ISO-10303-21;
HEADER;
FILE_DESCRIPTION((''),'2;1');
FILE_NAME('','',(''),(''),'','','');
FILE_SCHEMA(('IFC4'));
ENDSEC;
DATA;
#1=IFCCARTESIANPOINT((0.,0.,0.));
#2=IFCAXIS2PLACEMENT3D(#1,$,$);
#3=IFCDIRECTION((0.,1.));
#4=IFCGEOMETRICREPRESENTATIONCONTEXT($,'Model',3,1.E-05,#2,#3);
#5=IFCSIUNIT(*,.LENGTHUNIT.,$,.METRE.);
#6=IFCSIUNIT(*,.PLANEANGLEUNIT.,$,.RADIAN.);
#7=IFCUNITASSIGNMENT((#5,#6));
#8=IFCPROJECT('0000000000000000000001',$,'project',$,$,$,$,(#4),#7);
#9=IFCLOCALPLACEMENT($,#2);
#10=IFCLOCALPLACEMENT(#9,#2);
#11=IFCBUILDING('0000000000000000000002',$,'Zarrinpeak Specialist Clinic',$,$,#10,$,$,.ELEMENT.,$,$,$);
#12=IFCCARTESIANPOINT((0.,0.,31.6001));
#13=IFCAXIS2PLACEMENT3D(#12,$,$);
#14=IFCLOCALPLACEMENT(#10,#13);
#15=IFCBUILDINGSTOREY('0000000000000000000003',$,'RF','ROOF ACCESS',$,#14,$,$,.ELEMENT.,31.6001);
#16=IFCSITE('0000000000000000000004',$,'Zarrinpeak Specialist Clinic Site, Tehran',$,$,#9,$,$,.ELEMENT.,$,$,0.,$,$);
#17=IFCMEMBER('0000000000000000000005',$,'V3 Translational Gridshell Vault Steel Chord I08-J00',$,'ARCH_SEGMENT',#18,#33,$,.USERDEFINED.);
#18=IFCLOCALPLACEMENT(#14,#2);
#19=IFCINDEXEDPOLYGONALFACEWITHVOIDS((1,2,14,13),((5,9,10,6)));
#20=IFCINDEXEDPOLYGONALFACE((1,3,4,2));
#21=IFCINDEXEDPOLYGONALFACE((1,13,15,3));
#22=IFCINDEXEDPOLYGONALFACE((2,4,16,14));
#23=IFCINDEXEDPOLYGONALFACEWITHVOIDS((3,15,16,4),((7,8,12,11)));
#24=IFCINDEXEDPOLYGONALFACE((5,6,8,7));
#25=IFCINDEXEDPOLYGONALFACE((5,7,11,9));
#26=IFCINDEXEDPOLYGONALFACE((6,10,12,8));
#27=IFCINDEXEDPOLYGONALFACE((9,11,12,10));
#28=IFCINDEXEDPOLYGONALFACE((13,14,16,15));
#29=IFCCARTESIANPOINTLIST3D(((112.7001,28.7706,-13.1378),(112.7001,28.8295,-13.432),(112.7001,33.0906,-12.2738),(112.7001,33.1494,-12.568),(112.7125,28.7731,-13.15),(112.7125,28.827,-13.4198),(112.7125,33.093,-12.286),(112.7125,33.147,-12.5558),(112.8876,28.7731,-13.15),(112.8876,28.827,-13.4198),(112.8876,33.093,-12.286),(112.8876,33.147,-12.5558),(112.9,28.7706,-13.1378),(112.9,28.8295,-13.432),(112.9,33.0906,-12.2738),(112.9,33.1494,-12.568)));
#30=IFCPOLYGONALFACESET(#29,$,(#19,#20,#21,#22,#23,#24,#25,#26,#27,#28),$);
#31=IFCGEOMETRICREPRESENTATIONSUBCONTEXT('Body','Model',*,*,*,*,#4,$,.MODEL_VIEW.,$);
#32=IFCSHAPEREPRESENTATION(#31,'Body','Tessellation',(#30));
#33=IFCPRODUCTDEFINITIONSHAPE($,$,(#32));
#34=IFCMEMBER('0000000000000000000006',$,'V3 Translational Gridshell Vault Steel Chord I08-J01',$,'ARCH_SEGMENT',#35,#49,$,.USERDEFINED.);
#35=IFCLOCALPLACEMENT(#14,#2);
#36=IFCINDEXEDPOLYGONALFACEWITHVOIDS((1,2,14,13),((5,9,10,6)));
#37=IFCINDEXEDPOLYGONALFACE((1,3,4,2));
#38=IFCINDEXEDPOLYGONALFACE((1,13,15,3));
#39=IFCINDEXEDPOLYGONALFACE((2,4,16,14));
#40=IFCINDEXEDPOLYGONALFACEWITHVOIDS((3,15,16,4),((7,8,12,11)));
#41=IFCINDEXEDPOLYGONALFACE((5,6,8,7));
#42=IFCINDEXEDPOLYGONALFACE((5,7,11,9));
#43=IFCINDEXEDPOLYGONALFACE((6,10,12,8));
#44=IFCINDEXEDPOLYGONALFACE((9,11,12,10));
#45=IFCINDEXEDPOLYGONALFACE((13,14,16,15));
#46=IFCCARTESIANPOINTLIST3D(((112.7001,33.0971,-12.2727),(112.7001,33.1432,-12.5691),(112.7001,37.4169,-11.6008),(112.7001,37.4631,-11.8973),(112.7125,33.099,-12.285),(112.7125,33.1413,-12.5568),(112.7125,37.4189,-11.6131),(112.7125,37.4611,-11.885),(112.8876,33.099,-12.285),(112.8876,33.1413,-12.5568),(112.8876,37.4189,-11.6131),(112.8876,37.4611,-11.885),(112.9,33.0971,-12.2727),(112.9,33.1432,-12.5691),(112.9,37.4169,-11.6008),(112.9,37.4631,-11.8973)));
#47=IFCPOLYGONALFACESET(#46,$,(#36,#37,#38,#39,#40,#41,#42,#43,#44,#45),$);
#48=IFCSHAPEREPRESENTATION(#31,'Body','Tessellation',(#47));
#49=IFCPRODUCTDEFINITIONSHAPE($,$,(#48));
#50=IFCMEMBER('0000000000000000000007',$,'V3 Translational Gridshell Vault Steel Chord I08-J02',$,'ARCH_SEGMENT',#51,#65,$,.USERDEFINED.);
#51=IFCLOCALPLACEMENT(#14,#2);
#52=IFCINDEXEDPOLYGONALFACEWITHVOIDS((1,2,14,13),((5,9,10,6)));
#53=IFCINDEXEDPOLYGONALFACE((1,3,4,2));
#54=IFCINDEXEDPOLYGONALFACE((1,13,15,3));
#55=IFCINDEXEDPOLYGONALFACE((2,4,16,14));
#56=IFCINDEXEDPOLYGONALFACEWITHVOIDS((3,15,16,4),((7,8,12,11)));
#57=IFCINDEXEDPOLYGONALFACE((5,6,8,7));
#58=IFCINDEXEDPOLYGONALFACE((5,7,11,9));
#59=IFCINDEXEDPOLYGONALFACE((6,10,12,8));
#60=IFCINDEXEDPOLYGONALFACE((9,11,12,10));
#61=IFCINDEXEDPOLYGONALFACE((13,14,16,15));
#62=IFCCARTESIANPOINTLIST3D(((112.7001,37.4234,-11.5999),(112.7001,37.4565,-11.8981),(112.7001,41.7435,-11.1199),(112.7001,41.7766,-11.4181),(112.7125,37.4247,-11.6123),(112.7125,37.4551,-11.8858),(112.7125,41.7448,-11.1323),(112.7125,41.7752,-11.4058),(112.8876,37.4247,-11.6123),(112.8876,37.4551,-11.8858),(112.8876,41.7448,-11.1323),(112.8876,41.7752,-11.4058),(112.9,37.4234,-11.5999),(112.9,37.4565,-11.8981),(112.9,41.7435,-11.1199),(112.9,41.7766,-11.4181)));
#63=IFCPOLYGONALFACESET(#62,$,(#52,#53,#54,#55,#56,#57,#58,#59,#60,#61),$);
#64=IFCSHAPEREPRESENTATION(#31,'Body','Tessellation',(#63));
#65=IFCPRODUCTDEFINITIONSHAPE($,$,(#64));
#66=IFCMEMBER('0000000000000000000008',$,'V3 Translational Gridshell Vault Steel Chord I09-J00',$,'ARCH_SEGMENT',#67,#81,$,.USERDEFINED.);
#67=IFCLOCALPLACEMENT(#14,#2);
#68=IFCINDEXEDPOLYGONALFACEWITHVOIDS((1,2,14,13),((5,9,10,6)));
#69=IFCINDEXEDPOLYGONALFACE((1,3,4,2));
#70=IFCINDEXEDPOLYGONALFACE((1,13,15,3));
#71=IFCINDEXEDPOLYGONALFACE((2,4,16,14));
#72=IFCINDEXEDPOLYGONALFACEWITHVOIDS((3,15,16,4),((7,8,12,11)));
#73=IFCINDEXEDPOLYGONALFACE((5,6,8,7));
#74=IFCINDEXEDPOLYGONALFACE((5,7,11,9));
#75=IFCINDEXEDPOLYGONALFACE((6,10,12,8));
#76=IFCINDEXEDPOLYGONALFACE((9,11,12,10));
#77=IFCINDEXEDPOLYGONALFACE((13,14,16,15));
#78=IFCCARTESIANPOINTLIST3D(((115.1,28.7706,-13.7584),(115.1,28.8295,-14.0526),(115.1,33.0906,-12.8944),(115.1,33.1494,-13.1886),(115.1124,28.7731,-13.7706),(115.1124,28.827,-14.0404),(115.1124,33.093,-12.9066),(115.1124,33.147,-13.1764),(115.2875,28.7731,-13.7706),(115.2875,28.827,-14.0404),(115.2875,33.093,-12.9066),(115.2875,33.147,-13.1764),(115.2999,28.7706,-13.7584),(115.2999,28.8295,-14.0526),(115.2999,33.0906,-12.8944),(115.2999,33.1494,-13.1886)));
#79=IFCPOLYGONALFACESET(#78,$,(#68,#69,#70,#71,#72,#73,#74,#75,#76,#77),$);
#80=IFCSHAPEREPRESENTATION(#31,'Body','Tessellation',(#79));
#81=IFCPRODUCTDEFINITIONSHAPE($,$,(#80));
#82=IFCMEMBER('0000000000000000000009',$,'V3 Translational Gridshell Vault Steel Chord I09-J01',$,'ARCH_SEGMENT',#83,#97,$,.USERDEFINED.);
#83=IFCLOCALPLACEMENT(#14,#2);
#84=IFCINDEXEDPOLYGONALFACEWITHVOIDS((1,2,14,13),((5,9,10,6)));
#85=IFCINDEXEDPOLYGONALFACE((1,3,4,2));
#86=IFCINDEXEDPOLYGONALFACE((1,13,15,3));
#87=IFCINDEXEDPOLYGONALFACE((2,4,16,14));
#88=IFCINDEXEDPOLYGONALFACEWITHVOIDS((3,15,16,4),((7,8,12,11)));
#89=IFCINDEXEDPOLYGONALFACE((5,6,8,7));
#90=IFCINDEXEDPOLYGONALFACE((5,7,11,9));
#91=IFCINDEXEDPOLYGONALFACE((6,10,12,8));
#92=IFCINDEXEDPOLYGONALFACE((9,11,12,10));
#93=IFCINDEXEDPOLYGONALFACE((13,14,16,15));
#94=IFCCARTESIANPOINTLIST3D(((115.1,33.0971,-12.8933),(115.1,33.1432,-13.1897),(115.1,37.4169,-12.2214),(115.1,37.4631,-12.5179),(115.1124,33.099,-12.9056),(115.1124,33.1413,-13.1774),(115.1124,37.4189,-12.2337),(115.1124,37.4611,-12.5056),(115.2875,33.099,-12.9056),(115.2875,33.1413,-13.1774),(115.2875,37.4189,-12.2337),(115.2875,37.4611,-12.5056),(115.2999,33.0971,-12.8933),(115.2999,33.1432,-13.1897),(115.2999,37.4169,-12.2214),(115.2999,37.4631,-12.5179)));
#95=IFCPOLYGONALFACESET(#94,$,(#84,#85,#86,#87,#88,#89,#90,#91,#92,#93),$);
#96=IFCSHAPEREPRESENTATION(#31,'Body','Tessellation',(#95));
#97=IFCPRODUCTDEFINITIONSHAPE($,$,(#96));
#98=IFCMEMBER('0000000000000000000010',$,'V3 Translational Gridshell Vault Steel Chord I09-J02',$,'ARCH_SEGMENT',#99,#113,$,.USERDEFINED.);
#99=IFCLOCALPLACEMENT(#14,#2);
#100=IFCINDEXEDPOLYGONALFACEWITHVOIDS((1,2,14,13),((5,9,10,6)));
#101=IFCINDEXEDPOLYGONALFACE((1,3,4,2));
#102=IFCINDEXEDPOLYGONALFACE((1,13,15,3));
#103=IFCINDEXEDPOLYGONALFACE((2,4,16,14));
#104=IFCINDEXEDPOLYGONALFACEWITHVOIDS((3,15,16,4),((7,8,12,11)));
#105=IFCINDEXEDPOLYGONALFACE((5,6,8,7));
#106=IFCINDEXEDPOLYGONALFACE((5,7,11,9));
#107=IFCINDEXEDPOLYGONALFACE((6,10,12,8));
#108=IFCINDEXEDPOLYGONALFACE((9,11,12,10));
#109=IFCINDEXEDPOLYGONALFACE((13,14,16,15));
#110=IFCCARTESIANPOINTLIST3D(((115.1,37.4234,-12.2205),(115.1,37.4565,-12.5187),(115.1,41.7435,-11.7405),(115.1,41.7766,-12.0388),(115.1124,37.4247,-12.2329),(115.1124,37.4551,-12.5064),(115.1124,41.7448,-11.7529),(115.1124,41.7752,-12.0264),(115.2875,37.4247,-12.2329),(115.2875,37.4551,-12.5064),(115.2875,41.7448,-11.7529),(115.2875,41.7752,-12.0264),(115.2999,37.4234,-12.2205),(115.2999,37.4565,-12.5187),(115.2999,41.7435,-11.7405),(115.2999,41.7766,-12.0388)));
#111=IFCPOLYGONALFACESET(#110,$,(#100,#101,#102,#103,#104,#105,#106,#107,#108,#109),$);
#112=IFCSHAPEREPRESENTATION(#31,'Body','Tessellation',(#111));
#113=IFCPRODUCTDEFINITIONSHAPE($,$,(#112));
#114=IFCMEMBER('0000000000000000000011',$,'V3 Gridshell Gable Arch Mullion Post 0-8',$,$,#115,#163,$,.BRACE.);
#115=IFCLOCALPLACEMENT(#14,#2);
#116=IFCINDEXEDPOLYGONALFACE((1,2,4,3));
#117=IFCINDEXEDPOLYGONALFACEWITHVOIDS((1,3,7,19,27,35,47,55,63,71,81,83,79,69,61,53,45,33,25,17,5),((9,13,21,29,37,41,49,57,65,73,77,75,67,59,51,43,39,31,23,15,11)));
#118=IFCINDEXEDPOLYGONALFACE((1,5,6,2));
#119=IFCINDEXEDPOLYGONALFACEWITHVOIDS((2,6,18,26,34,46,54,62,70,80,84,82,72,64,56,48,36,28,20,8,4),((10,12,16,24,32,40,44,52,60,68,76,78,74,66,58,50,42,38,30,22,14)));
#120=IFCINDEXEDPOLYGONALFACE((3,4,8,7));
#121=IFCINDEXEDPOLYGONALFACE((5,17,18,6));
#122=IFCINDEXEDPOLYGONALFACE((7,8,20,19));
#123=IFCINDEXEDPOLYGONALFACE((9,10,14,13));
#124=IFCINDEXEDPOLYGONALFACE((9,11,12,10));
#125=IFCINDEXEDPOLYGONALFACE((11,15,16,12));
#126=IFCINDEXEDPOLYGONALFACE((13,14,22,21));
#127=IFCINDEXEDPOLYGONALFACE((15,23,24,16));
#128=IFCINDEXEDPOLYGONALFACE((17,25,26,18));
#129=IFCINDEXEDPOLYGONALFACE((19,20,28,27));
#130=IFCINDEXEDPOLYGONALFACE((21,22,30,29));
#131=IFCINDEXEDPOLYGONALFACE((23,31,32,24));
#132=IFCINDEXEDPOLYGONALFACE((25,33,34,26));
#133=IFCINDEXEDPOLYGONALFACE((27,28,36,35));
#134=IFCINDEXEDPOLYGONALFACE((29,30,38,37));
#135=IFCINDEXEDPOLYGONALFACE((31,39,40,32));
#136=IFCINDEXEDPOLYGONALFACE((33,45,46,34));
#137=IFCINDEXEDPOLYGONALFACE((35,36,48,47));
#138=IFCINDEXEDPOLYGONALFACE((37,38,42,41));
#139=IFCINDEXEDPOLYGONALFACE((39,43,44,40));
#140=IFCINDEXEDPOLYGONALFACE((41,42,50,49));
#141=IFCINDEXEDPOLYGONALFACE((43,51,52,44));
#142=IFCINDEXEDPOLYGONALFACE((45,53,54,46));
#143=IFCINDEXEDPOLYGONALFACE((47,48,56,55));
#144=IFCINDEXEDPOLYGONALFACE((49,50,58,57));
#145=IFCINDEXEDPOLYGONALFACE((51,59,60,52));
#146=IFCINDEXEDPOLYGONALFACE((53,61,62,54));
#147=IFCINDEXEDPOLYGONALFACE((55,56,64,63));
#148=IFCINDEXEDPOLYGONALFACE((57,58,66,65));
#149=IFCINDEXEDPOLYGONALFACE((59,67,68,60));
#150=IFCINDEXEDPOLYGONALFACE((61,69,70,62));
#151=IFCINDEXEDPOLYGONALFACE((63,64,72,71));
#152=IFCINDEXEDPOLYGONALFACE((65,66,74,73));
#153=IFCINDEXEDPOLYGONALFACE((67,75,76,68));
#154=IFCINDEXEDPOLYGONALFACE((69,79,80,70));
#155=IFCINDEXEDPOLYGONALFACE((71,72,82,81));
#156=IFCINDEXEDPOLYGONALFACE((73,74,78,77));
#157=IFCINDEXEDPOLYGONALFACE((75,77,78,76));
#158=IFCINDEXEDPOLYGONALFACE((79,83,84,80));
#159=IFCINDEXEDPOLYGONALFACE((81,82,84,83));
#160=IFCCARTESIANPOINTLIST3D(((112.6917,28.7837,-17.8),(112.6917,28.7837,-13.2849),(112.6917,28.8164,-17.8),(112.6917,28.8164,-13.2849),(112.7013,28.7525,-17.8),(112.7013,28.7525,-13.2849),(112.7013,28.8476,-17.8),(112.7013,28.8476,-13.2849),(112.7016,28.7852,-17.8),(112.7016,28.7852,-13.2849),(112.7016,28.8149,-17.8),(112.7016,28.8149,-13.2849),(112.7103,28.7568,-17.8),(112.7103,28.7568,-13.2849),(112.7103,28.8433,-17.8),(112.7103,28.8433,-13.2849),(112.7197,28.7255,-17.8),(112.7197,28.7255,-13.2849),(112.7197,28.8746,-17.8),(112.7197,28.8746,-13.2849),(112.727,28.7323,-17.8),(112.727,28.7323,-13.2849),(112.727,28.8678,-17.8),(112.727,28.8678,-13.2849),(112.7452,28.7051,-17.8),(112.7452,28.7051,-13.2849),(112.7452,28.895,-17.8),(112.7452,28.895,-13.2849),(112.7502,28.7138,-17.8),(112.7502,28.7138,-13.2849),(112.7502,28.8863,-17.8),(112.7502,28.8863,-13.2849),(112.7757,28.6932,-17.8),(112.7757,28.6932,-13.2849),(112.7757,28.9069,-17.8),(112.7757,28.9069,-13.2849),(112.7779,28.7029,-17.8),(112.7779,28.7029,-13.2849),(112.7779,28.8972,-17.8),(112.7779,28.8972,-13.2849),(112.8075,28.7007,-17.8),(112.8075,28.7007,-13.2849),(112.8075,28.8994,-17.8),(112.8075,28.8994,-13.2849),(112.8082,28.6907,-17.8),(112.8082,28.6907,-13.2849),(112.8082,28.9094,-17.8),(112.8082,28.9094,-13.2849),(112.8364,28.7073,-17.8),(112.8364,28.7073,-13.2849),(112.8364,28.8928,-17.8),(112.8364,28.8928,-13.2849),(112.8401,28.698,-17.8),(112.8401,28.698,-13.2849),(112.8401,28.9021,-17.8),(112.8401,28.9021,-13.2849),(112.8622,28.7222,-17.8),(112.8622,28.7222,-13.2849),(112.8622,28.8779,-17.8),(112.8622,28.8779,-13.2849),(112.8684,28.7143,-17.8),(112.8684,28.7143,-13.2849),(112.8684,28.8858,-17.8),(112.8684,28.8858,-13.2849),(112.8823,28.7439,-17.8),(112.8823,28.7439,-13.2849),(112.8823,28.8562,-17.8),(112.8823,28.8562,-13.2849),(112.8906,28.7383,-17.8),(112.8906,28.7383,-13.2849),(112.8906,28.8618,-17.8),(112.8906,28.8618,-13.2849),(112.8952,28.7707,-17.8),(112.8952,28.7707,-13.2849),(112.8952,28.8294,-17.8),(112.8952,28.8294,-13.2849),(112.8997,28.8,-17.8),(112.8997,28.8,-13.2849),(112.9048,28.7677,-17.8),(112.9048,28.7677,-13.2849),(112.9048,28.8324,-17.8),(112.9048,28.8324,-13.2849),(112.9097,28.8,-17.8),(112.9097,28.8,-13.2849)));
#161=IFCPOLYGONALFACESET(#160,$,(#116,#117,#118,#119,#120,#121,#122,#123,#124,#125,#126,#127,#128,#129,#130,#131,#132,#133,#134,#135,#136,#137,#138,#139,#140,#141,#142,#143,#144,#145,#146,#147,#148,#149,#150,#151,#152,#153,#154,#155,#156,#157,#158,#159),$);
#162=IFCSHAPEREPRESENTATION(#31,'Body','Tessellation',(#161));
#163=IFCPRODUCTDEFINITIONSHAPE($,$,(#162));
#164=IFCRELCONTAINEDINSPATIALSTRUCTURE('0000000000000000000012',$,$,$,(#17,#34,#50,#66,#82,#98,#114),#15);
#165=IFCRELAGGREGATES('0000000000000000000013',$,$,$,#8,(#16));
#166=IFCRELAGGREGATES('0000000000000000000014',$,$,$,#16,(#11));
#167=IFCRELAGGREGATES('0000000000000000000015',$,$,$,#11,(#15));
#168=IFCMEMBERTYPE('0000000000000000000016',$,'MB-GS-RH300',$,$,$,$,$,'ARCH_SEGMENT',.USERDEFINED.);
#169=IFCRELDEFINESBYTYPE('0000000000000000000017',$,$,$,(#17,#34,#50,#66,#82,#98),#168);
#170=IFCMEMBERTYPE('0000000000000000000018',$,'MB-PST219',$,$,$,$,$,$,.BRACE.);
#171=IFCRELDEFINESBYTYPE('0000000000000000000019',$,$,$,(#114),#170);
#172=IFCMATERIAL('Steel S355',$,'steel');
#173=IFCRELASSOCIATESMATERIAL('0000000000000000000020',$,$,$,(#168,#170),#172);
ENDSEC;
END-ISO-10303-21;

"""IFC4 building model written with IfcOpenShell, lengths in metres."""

from ifc_helpers import new_model, si_unit, direction, frame, origin, origin_2d, place, context, subcontext, project, spatial, hollow_rectangle, hollow_circle, extrude, material, material_profile, profile_set, type_object, element, save


model = new_model("IFC4")

# Units and contexts
model_context = context("Model", 3, precision=1e-05, world=origin(), true_north=direction((0.0, 1.0)))
body_context = subcontext(model_context, "Body", "Model", "MODEL_VIEW")
ifc_project = project(units=[si_unit("LENGTHUNIT", "METRE"), si_unit("PLANEANGLEUNIT", "RADIAN")], contexts=[model_context])

# Site, building, storey
site_placement = place(None, origin())
site = spatial("IfcSite", under=ifc_project, at=site_placement, Name="Zarrinpeak Specialist Clinic Site, Tehran", CompositionType="ELEMENT", RefElevation=0.0)
building_placement = place(site_placement, origin())
building = spatial("IfcBuilding", under=site, at=building_placement, Name="Zarrinpeak Specialist Clinic", CompositionType="ELEMENT")
storey_placement = place(building_placement, frame((0.0, 0.0, 31.6001)))
storey = spatial("IfcBuildingStorey", under=building, at=storey_placement, Name="RF", Description="ROOF ACCESS", CompositionType="ELEMENT", Elevation=31.6001)

# Members
ifc_material_1 = material(Name="Steel S355", Category="steel")
ifc_material_profile_1 = material_profile(ifc_material_1, hollow_rectangle(XDim=0.2, YDim=0.3, WallThickness=0.0125, at=origin_2d()), Name="RHS 300x200x12.5")
ifc_profile_set_1 = profile_set([ifc_material_profile_1], Name="Steel S355")
member_type_1 = type_object("IfcMemberType", Name="MB-GS-RH300", ElementType="ARCH_SEGMENT", PredefinedType="USERDEFINED", material=ifc_profile_set_1)
member_1_placement = place(storey_placement, frame((112.8, 28.8, -13.2849), z_axis=(0.0, 0.980581, 0.196116), x_axis=(-1.0, 0.0, 0.0)))
element("IfcMember", 1, at=member_1_placement, inside=storey, type_object=member_type_1, Name="V3 Translational Gridshell Vault Steel Chord I08-J00", ObjectType="ARCH_SEGMENT", PredefinedType="USERDEFINED", context=body_context, shape_type="SweptSolid", body=[
    extrude(hollow_rectangle(XDim=0.2, YDim=0.3, WallThickness=0.0125, at=origin_2d()), origin(), (0.0, 0.0, 1.0), 4.4055),
])
member_2_placement = place(storey_placement, frame((112.8, 33.1201, -12.4209), z_axis=(0.0, 0.98812, 0.153685), x_axis=(-1.0, 0.0, 0.0)))
element("IfcMember", 2, at=member_2_placement, inside=storey, type_object=member_type_1, Name="V3 Translational Gridshell Vault Steel Chord I08-J01", ObjectType="ARCH_SEGMENT", PredefinedType="USERDEFINED", context=body_context, shape_type="SweptSolid", body=[
    extrude(hollow_rectangle(XDim=0.2, YDim=0.3, WallThickness=0.0125, at=origin_2d()), origin(), (0.0, 0.0, 1.0), 4.3718),
])
member_3_placement = place(storey_placement, frame((112.8, 37.4399, -11.749), z_axis=(0.0, 0.993884, 0.110425), x_axis=(-1.0, 0.0, 0.0)))
element("IfcMember", 3, at=member_3_placement, inside=storey, type_object=member_type_1, Name="V3 Translational Gridshell Vault Steel Chord I08-J02", ObjectType="ARCH_SEGMENT", PredefinedType="USERDEFINED", context=body_context, shape_type="SweptSolid", body=[
    extrude(hollow_rectangle(XDim=0.2, YDim=0.3, WallThickness=0.0125, at=origin_2d()), origin(), (0.0, 0.0, 1.0), 4.3467),
])
member_4_placement = place(storey_placement, frame((115.2, 28.8, -13.9055), z_axis=(0.0, 0.980581, 0.196116), x_axis=(-1.0, 0.0, 0.0)))
element("IfcMember", 4, at=member_4_placement, inside=storey, type_object=member_type_1, Name="V3 Translational Gridshell Vault Steel Chord I09-J00", ObjectType="ARCH_SEGMENT", PredefinedType="USERDEFINED", context=body_context, shape_type="SweptSolid", body=[
    extrude(hollow_rectangle(XDim=0.2, YDim=0.3, WallThickness=0.0125, at=origin_2d()), origin(), (0.0, 0.0, 1.0), 4.4055),
])
member_5_placement = place(storey_placement, frame((115.2, 33.1201, -13.0415), z_axis=(0.0, 0.98812, 0.153685), x_axis=(-1.0, 0.0, 0.0)))
element("IfcMember", 5, at=member_5_placement, inside=storey, type_object=member_type_1, Name="V3 Translational Gridshell Vault Steel Chord I09-J01", ObjectType="ARCH_SEGMENT", PredefinedType="USERDEFINED", context=body_context, shape_type="SweptSolid", body=[
    extrude(hollow_rectangle(XDim=0.2, YDim=0.3, WallThickness=0.0125, at=origin_2d()), origin(), (0.0, 0.0, 1.0), 4.3718),
])
member_6_placement = place(storey_placement, frame((115.2, 37.4399, -12.3696), z_axis=(0.0, 0.993884, 0.110425), x_axis=(-1.0, 0.0, 0.0)))
element("IfcMember", 6, at=member_6_placement, inside=storey, type_object=member_type_1, Name="V3 Translational Gridshell Vault Steel Chord I09-J02", ObjectType="ARCH_SEGMENT", PredefinedType="USERDEFINED", context=body_context, shape_type="SweptSolid", body=[
    extrude(hollow_rectangle(XDim=0.2, YDim=0.3, WallThickness=0.0125, at=origin_2d()), origin(), (0.0, 0.0, 1.0), 4.3467),
])
ifc_material_profile_2 = material_profile(ifc_material_1, hollow_circle(Radius=0.1096, WallThickness=0.01, at=origin_2d()), Name="CHS 219.1x10.0")
ifc_profile_set_2 = profile_set([ifc_material_profile_2], Name="Steel S355")
member_type_2 = type_object("IfcMemberType", Name="MB-PST219", PredefinedType="BRACE", material=ifc_profile_set_2)
member_7_placement = place(storey_placement, frame((112.8, 28.8, -17.8), z_axis=(0.0, 0.0, 1.0), x_axis=(1.0, 0.0, 0.0)))
element("IfcMember", 7, at=member_7_placement, inside=storey, type_object=member_type_2, Name="V3 Gridshell Gable Arch Mullion Post 0-8", PredefinedType="BRACE", context=body_context, shape_type="SweptSolid", body=[
    extrude(hollow_circle(Radius=0.1096, WallThickness=0.01, at=origin_2d()), origin(), (0.0, 0.0, 1.0), 4.5151),
])

save(model, "model.ifc")
